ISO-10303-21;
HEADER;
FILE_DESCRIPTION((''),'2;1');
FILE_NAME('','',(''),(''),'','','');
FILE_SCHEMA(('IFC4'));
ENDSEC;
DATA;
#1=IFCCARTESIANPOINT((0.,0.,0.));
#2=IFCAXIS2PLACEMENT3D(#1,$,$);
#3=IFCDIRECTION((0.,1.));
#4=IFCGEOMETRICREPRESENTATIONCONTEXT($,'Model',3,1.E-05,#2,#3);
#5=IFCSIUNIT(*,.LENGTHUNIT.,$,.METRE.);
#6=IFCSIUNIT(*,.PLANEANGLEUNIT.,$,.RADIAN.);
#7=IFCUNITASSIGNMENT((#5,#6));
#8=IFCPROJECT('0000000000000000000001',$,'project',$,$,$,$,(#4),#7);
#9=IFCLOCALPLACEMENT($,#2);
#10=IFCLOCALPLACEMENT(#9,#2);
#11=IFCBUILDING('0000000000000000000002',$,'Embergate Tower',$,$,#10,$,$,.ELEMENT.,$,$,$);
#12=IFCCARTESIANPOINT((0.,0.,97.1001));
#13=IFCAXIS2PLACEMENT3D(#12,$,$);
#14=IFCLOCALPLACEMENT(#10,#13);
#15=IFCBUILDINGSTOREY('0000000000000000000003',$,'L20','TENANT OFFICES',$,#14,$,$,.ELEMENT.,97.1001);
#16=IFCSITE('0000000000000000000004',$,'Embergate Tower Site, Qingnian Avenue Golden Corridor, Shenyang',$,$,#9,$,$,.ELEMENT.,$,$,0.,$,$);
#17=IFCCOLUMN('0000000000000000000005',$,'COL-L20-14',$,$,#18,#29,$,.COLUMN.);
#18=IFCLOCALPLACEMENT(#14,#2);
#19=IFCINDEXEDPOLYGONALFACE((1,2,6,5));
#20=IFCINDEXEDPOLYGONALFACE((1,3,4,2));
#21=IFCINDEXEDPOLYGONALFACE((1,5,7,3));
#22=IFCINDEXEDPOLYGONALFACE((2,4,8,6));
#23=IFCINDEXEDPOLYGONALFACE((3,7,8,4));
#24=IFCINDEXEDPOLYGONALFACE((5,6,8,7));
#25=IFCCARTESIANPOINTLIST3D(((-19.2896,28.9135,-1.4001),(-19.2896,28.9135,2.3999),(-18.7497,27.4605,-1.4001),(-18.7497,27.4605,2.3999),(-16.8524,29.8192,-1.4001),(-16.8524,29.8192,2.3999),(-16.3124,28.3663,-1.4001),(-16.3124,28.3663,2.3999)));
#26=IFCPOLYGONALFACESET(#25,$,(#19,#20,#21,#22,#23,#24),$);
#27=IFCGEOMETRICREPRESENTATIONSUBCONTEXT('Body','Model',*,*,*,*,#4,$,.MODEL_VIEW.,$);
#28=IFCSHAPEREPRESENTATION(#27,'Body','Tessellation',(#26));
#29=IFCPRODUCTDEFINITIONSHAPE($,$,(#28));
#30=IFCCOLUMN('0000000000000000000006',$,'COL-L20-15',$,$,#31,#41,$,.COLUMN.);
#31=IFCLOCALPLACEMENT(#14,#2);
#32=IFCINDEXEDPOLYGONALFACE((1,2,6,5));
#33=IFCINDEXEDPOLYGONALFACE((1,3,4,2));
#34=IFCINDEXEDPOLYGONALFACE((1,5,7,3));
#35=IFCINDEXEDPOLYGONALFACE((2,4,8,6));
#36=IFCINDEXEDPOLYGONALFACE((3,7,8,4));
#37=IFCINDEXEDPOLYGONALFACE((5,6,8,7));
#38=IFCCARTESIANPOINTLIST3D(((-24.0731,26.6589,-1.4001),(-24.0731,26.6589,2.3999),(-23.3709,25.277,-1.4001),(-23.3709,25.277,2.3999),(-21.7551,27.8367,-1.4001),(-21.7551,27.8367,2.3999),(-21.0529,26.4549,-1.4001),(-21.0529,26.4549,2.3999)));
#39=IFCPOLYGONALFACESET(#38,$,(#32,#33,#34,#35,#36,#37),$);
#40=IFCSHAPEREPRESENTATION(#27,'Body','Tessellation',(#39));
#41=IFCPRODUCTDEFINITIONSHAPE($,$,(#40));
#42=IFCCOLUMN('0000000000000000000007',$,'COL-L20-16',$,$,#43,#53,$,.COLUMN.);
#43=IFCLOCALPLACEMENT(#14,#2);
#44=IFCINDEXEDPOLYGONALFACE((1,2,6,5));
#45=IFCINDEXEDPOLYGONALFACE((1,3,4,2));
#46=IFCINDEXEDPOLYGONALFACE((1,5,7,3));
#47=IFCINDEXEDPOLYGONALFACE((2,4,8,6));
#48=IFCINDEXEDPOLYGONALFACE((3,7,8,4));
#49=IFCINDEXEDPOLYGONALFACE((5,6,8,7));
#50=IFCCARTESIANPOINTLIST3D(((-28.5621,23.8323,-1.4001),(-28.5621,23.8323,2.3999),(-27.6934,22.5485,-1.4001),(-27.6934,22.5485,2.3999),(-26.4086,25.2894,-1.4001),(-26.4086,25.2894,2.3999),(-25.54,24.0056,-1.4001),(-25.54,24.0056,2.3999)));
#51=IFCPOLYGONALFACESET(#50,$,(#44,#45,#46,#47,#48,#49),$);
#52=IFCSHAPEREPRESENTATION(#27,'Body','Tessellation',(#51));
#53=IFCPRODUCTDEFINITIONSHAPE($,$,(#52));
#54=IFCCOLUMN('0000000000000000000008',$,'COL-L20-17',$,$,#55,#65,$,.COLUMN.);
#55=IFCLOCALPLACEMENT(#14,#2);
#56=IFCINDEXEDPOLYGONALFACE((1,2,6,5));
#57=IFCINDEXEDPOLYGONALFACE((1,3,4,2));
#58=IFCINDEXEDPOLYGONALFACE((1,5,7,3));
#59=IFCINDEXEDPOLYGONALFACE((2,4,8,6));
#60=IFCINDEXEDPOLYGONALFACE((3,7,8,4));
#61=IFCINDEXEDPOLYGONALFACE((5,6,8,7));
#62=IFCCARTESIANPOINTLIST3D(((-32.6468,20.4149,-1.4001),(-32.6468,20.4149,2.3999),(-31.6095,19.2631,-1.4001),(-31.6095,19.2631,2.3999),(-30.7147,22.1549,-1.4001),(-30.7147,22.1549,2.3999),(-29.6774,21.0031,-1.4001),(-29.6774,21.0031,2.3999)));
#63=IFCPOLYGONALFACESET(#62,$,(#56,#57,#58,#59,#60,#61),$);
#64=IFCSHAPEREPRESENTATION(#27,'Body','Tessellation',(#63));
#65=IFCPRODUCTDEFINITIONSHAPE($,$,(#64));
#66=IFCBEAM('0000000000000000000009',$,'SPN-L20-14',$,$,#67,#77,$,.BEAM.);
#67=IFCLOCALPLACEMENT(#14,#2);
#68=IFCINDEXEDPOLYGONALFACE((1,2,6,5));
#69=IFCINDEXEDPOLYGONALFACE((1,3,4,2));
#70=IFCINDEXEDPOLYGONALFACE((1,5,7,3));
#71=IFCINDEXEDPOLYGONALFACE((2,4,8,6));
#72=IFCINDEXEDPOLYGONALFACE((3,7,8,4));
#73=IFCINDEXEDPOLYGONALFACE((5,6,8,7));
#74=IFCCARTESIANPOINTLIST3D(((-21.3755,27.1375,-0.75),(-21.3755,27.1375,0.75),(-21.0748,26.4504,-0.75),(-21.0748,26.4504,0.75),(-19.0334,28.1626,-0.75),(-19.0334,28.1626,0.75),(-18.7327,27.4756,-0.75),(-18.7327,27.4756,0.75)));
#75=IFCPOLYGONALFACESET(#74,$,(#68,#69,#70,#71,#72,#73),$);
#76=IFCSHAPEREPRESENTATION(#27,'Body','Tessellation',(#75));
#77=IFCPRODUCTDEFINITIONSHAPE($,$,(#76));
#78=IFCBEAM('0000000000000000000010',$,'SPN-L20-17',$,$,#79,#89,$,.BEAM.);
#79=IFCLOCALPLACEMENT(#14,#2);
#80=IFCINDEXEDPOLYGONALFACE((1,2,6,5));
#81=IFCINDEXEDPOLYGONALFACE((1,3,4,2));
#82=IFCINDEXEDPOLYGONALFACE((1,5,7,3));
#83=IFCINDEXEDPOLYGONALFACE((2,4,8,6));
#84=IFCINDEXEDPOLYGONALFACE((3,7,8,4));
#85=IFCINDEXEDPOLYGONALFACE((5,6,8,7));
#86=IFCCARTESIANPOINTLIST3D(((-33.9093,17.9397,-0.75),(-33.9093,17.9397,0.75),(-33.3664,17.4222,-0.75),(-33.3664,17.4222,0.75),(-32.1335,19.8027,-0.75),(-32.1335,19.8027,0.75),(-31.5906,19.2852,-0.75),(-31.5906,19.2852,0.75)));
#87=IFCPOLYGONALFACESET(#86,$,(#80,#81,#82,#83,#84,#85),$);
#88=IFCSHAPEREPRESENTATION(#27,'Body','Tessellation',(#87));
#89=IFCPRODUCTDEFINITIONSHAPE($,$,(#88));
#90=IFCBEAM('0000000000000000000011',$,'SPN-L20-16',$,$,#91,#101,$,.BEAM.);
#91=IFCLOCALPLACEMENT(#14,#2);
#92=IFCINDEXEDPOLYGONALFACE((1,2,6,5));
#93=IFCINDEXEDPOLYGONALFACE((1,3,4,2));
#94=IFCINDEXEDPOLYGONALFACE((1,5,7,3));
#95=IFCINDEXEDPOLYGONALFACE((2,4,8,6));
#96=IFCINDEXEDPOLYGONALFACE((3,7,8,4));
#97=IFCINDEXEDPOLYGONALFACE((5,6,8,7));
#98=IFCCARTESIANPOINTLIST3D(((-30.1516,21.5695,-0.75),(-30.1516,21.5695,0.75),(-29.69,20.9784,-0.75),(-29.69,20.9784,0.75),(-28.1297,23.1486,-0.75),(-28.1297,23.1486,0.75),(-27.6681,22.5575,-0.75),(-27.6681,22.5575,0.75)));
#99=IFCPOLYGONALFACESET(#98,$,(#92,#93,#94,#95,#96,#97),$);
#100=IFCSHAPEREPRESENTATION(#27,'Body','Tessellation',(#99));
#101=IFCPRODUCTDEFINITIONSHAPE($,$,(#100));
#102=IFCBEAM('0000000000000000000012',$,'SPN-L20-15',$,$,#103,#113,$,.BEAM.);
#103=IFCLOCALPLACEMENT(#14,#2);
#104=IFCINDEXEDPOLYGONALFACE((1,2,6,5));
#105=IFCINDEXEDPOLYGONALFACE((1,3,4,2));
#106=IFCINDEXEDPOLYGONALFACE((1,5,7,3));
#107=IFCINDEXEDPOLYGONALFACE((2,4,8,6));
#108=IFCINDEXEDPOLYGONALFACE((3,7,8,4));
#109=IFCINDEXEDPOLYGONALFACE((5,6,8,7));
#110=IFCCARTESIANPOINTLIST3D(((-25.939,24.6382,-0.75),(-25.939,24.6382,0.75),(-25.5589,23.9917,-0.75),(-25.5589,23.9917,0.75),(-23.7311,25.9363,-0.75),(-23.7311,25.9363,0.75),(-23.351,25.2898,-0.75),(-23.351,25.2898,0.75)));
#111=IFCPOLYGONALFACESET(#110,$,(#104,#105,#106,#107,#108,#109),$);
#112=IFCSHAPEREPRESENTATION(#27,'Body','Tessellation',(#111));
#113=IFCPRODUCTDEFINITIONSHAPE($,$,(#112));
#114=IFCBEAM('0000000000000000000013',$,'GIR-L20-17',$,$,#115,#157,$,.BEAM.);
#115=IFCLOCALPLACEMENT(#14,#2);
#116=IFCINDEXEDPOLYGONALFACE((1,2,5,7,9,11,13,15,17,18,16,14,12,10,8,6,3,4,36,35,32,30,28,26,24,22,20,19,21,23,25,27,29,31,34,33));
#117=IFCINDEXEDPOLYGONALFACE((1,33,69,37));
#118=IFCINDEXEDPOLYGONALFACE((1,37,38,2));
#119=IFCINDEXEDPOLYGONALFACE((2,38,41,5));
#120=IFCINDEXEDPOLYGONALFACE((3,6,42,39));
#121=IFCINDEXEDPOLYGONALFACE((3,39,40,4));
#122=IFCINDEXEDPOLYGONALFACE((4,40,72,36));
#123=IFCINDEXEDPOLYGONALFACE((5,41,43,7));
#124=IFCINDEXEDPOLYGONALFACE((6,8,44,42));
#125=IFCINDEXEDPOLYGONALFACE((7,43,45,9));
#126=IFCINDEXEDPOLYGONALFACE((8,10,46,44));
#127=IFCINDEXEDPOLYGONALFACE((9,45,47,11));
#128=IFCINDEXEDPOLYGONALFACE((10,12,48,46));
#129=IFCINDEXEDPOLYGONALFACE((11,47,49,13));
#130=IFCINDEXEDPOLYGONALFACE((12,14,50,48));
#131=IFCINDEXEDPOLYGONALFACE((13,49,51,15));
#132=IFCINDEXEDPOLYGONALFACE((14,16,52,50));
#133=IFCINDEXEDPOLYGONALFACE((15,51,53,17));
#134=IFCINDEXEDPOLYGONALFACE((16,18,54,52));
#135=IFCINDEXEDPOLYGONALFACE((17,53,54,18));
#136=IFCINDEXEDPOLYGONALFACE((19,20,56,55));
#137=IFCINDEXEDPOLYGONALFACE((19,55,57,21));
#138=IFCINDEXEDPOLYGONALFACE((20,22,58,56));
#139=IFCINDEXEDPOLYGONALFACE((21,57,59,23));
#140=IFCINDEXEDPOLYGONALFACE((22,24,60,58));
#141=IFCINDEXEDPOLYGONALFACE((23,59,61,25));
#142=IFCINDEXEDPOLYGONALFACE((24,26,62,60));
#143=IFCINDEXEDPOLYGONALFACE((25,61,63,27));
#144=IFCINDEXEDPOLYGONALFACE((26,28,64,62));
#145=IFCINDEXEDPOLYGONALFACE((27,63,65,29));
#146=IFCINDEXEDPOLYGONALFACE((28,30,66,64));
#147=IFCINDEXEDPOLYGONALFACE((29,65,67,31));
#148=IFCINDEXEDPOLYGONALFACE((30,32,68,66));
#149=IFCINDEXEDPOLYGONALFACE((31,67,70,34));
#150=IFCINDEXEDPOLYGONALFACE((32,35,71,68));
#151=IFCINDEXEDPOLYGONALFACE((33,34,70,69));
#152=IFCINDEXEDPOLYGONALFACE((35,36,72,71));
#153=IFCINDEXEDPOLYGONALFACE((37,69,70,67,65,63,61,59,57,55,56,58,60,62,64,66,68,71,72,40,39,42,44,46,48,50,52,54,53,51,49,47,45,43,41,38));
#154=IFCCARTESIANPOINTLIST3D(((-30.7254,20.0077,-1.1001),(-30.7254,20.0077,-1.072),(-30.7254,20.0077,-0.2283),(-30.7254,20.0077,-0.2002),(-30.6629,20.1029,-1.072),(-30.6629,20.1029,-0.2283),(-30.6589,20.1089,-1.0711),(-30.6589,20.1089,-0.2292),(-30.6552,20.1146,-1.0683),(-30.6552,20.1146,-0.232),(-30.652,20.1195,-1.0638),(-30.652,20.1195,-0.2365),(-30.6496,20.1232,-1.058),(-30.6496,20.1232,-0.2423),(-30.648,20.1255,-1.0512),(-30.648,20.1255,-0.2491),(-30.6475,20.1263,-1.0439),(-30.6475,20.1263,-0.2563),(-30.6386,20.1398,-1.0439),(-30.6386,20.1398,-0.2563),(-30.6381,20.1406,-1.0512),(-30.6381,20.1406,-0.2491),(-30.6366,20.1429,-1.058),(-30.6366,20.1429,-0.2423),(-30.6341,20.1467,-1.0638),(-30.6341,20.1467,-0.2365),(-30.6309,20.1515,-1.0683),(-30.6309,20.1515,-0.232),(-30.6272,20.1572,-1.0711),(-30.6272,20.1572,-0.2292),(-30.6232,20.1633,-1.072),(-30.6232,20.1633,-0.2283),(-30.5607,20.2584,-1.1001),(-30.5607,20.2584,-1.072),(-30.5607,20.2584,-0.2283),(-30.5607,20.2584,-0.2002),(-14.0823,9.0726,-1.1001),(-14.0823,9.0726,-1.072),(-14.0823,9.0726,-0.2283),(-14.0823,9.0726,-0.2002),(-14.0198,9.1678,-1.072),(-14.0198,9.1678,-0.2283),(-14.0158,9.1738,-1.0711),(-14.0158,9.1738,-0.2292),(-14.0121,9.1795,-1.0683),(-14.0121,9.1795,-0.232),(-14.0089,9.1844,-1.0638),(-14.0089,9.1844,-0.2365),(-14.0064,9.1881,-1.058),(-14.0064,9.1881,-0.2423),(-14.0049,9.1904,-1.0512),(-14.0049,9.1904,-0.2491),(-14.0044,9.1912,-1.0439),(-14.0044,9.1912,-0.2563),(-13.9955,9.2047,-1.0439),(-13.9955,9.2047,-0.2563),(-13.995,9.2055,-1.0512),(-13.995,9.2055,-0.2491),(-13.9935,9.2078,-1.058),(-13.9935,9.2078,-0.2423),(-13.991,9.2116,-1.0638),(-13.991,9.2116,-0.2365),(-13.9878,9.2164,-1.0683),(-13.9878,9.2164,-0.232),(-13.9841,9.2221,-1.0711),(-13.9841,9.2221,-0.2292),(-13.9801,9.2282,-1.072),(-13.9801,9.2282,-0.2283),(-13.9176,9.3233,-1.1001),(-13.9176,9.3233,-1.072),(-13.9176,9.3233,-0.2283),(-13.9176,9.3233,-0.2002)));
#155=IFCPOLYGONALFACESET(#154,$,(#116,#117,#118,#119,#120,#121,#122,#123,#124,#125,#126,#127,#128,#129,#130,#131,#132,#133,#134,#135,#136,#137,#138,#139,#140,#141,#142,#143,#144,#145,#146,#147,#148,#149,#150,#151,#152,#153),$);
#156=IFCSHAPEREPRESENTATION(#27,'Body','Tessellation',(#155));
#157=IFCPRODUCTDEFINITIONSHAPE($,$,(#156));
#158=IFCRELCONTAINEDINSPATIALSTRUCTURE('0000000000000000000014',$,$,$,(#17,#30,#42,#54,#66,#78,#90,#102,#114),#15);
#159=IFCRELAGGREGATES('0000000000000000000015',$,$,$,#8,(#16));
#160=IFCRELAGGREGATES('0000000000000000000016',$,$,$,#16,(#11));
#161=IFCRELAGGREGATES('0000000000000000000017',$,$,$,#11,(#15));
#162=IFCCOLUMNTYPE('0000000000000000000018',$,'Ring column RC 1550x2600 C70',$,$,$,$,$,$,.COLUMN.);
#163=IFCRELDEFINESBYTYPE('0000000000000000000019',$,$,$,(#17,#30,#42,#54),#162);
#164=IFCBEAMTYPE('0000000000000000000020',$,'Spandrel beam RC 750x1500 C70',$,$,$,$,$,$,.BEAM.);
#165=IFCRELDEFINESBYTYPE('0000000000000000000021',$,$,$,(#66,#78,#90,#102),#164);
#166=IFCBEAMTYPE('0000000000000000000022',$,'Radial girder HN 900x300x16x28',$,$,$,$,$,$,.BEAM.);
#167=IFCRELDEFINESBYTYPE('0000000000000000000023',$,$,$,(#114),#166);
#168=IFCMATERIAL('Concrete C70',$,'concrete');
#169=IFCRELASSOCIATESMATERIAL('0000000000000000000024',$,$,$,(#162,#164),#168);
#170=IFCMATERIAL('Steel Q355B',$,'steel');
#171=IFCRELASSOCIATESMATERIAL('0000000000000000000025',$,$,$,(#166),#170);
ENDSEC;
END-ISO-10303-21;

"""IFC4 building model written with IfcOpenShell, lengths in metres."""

from ifc_helpers import new_model, si_unit, direction, frame, origin, origin_2d, place, context, subcontext, project, spatial, rectangle, i_section, extrude, source, transform, mapped, material, material_profile, profile_set, type_object, element, save


model = new_model("IFC4")

# Units and contexts
model_context = context("Model", 3, precision=1e-05, world=origin(), true_north=direction((0.0, 1.0)))
body_context = subcontext(model_context, "Body", "Model", "MODEL_VIEW")
ifc_project = project(units=[si_unit("LENGTHUNIT", "METRE"), si_unit("PLANEANGLEUNIT", "RADIAN")], contexts=[model_context])

# Site, building, storey
site_placement = place(None, origin())
site = spatial("IfcSite", under=ifc_project, at=site_placement, Name="Embergate Tower Site, Qingnian Avenue Golden Corridor, Shenyang", CompositionType="ELEMENT", RefElevation=0.0)
building_placement = place(site_placement, origin())
building = spatial("IfcBuilding", under=site, at=building_placement, Name="Embergate Tower", CompositionType="ELEMENT")
storey_placement = place(building_placement, frame((0.0, 0.0, 97.1001)))
storey = spatial("IfcBuildingStorey", under=building, at=storey_placement, Name="L20", Description="TENANT OFFICES", CompositionType="ELEMENT", Elevation=97.1001)

# Columns
ifc_material_1 = material(Name="Concrete C70", Category="concrete")
ifc_material_profile_1 = material_profile(ifc_material_1, rectangle(XDim=1.55, YDim=2.6001, at=origin_2d()), Name="RC 1550x2600")
ifc_profile_set_1 = profile_set([ifc_material_profile_1], Name="Concrete C70")
column_type = type_object("IfcColumnType", Name="Ring column RC 1550x2600 C70", PredefinedType="COLUMN", material=ifc_profile_set_1)
shared_shape_1 = source(origin(), body_context, "Body", "SweptSolid", [
    extrude(rectangle(XDim=1.55, YDim=2.6001, at=origin_2d()), origin(), (0.0, 0.0, 1.0), 3.8),
])
for number, where, z_axis, x_axis, name in (
    (1, (-17.801, 28.6399, -1.4001), (0.0, 0.0, 1.0), (-0.348343, 0.937367, 0.0), "COL-L20-14"),
    (2, (-22.563, 26.5569, -1.4001), (0.0, 0.0, 1.0), (-0.452995, 0.891513, 0.0), "COL-L20-15"),
    (3, (-27.051, 23.9189, -1.4001), (0.0, 0.0, 1.0), (-0.560393, 0.828227, 0.0), "COL-L20-16"),
    (4, (-31.1621, 20.709, -1.4001), (0.0, 0.0, 1.0), (-0.669208, 0.743075, 0.0), "COL-L20-17"),
):
    element("IfcColumn", number, at=place(storey_placement, frame(where, z_axis=z_axis, x_axis=x_axis)), inside=storey, type_object=column_type, Name=name, PredefinedType="COLUMN", context=body_context, shape_type="MappedRepresentation", body=[
        mapped(shared_shape_1, transform((0.0, 0.0, 0.0))),
    ])

# Beams
ifc_material_profile_2 = material_profile(ifc_material_1, rectangle(XDim=0.75, YDim=1.5, at=origin_2d()), Name="RC 750x1500")
ifc_profile_set_2 = profile_set([ifc_material_profile_2], Name="Concrete C70")
beam_type_1 = type_object("IfcBeamType", Name="Spandrel beam RC 750x1500 C70", PredefinedType="BEAM", material=ifc_profile_set_2)
shared_shape_2 = source(origin(), body_context, "Body", "SweptSolid", [
    extrude(rectangle(XDim=0.75, YDim=1.5, at=origin_2d()), origin(), (0.0, 0.0, 1.0), 2.5566),
])
beam_1_placement = place(storey_placement, frame((-18.8831, 27.8191, 0.0), z_axis=(-0.916085, -0.400984, 0.0), x_axis=(0.400984, -0.916085, 0.0)))
element("IfcBeam", 5, at=beam_1_placement, inside=storey, type_object=beam_type_1, Name="SPN-L20-14", PredefinedType="BEAM", context=body_context, shape_type="MappedRepresentation", body=[
    mapped(shared_shape_2, transform((0.0, 0.0, 0.0))),
])
shared_shape_3 = source(origin(), body_context, "Body", "SweptSolid", [
    extrude(rectangle(XDim=0.75, YDim=1.5, at=origin_2d()), origin(), (0.0, 0.0, 1.0), 2.5737),
])
beam_2_placement = place(storey_placement, frame((-31.8621, 19.5439, 0.0), z_axis=(-0.689972, -0.723836, 0.0), x_axis=(0.723836, -0.689972, 0.0)))
element("IfcBeam", 6, at=beam_2_placement, inside=storey, type_object=beam_type_1, Name="SPN-L20-17", PredefinedType="BEAM", context=body_context, shape_type="MappedRepresentation", body=[
    mapped(shared_shape_3, transform((0.0, 0.0, 0.0))),
])
shared_shape_4 = source(origin(), body_context, "Body", "SweptSolid", [
    extrude(rectangle(XDim=0.75, YDim=1.5, at=origin_2d()), origin(), (0.0, 0.0, 1.0), 2.5654),
])
beam_3_placement = place(storey_placement, frame((-27.8989, 22.853, 0.0), z_axis=(-0.788131, -0.615507, 0.0), x_axis=(0.615507, -0.788131, 0.0)))
element("IfcBeam", 7, at=beam_3_placement, inside=storey, type_object=beam_type_1, Name="SPN-L20-16", PredefinedType="BEAM", context=body_context, shape_type="MappedRepresentation", body=[
    mapped(shared_shape_4, transform((0.0, 0.0, 0.0))),
])
shared_shape_5 = source(origin(), body_context, "Body", "SweptSolid", [
    extrude(rectangle(XDim=0.75, YDim=1.5, at=origin_2d()), origin(), (0.0, 0.0, 1.0), 2.5613),
])
beam_4_placement = place(storey_placement, frame((-23.541, 25.613, 0.0), z_axis=(-0.862059, -0.506808, 0.0), x_axis=(0.506808, -0.862059, 0.0)))
element("IfcBeam", 8, at=beam_4_placement, inside=storey, type_object=beam_type_1, Name="SPN-L20-15", PredefinedType="BEAM", context=body_context, shape_type="MappedRepresentation", body=[
    mapped(shared_shape_5, transform((0.0, 0.0, 0.0))),
])
ifc_material_2 = material(Name="Steel Q355B", Category="steel")
ifc_material_profile_3 = material_profile(ifc_material_2, i_section(OverallWidth=0.3, OverallDepth=0.8999, WebThickness=0.0161, FlangeThickness=0.0281, FilletRadius=0.0281, at=origin_2d()), Name="HN 900x300x16x28")
ifc_profile_set_3 = profile_set([ifc_material_profile_3], Name="Steel Q355 grade B")
beam_type_2 = type_object("IfcBeamType", Name="Radial girder HN 900x300x16x28", PredefinedType="BEAM", material=ifc_profile_set_3)
shared_shape_6 = source(origin(), body_context, "Body", "SweptSolid", [
    extrude(i_section(OverallWidth=0.3, OverallDepth=0.8999, WebThickness=0.0161, FlangeThickness=0.0281, FilletRadius=0.0281, at=origin_2d()), origin(), (0.0, 0.0, 1.0), 19.9141),
])
beam_5_placement = place(storey_placement, frame((-30.6431, 20.1331, -0.6501), z_axis=(0.835747, -0.549114, 0.0), x_axis=(0.549114, 0.835747, 0.0)))
element("IfcBeam", 9, at=beam_5_placement, inside=storey, type_object=beam_type_2, Name="GIR-L20-17", PredefinedType="BEAM", context=body_context, shape_type="MappedRepresentation", body=[
    mapped(shared_shape_6, transform((0.0, 0.0, 0.0))),
])

save(model, "model.ifc")
